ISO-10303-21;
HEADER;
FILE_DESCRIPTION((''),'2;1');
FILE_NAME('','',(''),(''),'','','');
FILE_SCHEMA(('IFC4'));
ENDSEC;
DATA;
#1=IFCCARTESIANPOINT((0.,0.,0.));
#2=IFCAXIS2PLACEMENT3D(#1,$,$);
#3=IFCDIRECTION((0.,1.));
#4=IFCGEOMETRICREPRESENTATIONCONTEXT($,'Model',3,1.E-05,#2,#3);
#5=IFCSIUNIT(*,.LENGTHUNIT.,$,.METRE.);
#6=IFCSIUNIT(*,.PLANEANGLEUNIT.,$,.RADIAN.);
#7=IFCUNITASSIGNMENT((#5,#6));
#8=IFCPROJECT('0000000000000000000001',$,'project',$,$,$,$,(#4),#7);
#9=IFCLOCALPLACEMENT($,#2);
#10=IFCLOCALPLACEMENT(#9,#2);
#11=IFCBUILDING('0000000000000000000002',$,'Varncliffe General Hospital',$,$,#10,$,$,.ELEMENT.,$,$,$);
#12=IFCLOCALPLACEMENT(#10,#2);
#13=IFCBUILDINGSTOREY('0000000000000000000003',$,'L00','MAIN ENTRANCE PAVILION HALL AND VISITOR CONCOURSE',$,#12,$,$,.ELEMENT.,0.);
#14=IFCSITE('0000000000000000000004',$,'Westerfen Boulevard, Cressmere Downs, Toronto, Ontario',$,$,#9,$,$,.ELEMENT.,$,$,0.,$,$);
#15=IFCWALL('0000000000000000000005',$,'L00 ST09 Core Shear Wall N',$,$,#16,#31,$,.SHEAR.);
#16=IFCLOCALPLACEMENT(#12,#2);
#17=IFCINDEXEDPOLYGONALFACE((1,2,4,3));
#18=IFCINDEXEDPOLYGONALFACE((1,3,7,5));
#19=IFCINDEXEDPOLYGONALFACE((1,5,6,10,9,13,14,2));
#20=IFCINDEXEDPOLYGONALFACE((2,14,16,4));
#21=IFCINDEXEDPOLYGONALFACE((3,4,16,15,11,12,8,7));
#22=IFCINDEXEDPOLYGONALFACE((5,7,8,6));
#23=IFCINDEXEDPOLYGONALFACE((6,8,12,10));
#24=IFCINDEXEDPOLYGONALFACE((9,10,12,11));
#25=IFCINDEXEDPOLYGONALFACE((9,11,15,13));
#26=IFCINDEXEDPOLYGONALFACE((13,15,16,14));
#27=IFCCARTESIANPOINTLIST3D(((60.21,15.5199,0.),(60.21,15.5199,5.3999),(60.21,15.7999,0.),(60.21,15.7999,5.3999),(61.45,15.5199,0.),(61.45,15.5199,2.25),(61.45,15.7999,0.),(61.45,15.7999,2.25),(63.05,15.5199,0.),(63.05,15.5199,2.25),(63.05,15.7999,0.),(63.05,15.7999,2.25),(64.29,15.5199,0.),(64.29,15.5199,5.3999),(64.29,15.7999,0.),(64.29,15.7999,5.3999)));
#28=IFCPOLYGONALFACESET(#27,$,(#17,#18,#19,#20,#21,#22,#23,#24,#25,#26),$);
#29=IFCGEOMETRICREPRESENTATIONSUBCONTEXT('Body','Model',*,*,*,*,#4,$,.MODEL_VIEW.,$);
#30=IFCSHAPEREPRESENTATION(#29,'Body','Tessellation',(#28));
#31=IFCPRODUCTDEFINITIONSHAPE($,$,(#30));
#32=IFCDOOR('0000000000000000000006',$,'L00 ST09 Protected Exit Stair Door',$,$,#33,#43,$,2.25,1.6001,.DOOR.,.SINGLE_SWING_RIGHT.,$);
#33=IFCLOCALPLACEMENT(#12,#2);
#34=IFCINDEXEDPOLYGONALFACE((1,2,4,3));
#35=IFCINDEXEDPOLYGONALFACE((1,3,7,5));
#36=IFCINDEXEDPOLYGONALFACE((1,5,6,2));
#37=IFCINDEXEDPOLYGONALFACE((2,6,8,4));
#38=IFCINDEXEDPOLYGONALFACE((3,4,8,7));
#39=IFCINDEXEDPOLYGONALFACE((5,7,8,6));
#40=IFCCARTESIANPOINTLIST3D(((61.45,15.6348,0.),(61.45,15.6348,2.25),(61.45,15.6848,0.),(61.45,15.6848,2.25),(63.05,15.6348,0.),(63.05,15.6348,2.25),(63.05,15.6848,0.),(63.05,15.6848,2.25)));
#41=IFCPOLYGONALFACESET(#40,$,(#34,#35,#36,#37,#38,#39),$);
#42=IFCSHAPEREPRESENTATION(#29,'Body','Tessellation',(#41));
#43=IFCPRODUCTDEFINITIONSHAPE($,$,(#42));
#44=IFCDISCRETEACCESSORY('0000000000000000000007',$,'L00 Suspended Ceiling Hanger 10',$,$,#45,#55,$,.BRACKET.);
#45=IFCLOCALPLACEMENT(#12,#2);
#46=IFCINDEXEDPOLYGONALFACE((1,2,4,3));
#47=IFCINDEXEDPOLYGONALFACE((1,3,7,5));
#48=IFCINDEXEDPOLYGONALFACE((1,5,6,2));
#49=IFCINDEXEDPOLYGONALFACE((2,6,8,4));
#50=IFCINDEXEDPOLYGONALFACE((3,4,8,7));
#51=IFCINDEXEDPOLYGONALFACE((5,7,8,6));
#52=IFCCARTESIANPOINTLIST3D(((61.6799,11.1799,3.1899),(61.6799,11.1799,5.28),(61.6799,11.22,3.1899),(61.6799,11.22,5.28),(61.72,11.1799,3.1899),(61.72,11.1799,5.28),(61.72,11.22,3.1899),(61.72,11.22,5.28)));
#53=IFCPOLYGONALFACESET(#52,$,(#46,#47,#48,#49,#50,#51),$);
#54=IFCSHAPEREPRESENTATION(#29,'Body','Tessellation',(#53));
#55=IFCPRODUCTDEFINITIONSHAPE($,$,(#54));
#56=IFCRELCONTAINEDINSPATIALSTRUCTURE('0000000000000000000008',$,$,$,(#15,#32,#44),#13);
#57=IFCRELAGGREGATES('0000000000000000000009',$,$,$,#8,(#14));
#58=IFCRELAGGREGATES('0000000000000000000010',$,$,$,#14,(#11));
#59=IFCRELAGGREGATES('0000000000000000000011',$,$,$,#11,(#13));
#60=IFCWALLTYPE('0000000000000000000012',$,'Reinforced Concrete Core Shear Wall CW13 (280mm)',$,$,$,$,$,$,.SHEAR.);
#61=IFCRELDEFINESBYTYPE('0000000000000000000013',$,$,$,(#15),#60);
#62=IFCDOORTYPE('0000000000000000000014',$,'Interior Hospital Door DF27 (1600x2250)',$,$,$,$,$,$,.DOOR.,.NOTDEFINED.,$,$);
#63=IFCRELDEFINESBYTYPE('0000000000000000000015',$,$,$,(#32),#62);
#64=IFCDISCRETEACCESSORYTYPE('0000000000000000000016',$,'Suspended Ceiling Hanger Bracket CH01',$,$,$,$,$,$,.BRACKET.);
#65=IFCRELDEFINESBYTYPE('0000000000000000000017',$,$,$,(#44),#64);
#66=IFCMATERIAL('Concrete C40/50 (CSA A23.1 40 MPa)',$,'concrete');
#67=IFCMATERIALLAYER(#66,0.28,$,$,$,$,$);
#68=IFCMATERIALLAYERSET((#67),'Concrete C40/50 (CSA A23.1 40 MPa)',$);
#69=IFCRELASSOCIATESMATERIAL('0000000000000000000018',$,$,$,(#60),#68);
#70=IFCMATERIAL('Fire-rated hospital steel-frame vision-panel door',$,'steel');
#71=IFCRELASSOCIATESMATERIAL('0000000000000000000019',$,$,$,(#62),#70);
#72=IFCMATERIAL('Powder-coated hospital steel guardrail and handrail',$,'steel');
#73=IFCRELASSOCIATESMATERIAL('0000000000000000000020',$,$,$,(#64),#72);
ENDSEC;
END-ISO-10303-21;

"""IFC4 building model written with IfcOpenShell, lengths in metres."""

from ifc_helpers import new_model, si_unit, direction, frame, frame_2d, origin, origin_2d, place, context, subcontext, project, spatial, rectangle, extrude, material, layer, layer_set, type_object, element, fill, save


model = new_model("IFC4")

# Units and contexts
model_context = context("Model", 3, precision=1e-05, world=origin(), true_north=direction((0.0, 1.0)))
body_context = subcontext(model_context, "Body", "Model", "MODEL_VIEW")
ifc_project = project(units=[si_unit("LENGTHUNIT", "METRE"), si_unit("PLANEANGLEUNIT", "RADIAN")], contexts=[model_context])

# Site, building, storey
site_placement = place(None, origin())
site = spatial("IfcSite", under=ifc_project, at=site_placement, Name="Westerfen Boulevard, Cressmere Downs, Toronto, Ontario", CompositionType="ELEMENT", RefElevation=0.0)
building_placement = place(site_placement, origin())
building = spatial("IfcBuilding", under=site, at=building_placement, Name="Varncliffe General Hospital", CompositionType="ELEMENT")
storey_placement = place(building_placement, origin())
storey = spatial("IfcBuildingStorey", under=building, at=storey_placement, Name="L00", Description="MAIN ENTRANCE PAVILION HALL AND VISITOR CONCOURSE", CompositionType="ELEMENT", Elevation=0.0)

# Shared definitions
ifc_material_1 = material(Name="Concrete C40/50 (CSA A23.1 40 MPa)", Category="concrete")

# Shared definitions
ifc_material_2 = material(Name="Fire-rated hospital steel-frame vision-panel door", Category="steel")

# Shared definitions
ifc_layer_1 = layer(ifc_material_1, 0.28)
ifc_layer_set_1 = layer_set([ifc_layer_1], Name="Concrete C40/50 (CSA A23.1 40 MPa)")
wall_type_1 = type_object("IfcWallType", Name="Reinforced Concrete Core Shear Wall CW13 (280mm)", PredefinedType="SHEAR", material=ifc_layer_set_1)

# Wall, opening, door
wall_1_placement = place(storey_placement, frame((60.21, 15.6599, 0.0), z_axis=(0.0, 0.0, 1.0), x_axis=(1.0, 0.0, 0.0)))
wall_1 = element("IfcWall", 1, at=wall_1_placement, inside=storey, type_object=wall_type_1, Name="L00 ST09 Core Shear Wall N", PredefinedType="SHEAR", context=body_context, shape_type="SweptSolid", body=[
    extrude(rectangle(XDim=4.0801, YDim=0.28, at=frame_2d((2.04, 0.0))), origin(), (0.0, 0.0, 1.0), 5.3999),
])
opening_1_placement = place(wall_1_placement, frame((1.24, 0.0, 0.0)))
opening_1 = element("IfcOpeningElement", 2, at=opening_1_placement, cuts=wall_1, PredefinedType="OPENING", context=body_context, shape_type="SweptSolid", body=[
    extrude(rectangle(XDim=1.6001, YDim=2.25, at=frame_2d((0.8, 1.125))), frame((0.0, 0.1499, 0.0), z_axis=(0.0, -1.0, 0.0), x_axis=(1.0, 0.0, 0.0)), (0.0, 0.0, 1.0), 0.3),
])
door_type_1 = type_object("IfcDoorType", Name="Interior Hospital Door DF27 (1600x2250)", OperationType="NOTDEFINED", PredefinedType="DOOR", material=ifc_material_2)
door_1_placement = place(opening_1_placement, origin())
door_1 = element("IfcDoor", 3, at=door_1_placement, inside=storey, type_object=door_type_1, Name="L00 ST09 Protected Exit Stair Door", OperationType="SINGLE_SWING_RIGHT", OverallHeight=2.25, OverallWidth=1.6001, PredefinedType="DOOR", context=body_context, shape_type="SweptSolid", body=[
    extrude(rectangle(XDim=1.6001, YDim=2.25, at=frame_2d((0.8, 1.125))), frame((0.0, 0.0249, 0.0), z_axis=(0.0, -1.0, 0.0), x_axis=(1.0, 0.0, 0.0)), (0.0, 0.0, 1.0), 0.05),
])
fill(opening_1, door_1)

# Discrete accessory
ifc_material_3 = material(Name="Powder-coated hospital steel guardrail and handrail", Category="steel")
discrete_accessory_type = type_object("IfcDiscreteAccessoryType", Name="Suspended Ceiling Hanger Bracket CH01", PredefinedType="BRACKET", material=ifc_material_3)
discrete_accessory_placement = place(storey_placement, frame((61.7, 11.2, 3.1899), z_axis=(0.0, 0.0, 1.0), x_axis=(1.0, 0.0, 0.0)))
element("IfcDiscreteAccessory", 4, at=discrete_accessory_placement, inside=storey, type_object=discrete_accessory_type, Name="L00 Suspended Ceiling Hanger 10", PredefinedType="BRACKET", context=body_context, shape_type="SweptSolid", body=[
    extrude(rectangle(XDim=0.04, YDim=0.04, at=origin_2d()), origin(), (0.0, 0.0, 1.0), 2.0901),
])

save(model, "model.ifc")
